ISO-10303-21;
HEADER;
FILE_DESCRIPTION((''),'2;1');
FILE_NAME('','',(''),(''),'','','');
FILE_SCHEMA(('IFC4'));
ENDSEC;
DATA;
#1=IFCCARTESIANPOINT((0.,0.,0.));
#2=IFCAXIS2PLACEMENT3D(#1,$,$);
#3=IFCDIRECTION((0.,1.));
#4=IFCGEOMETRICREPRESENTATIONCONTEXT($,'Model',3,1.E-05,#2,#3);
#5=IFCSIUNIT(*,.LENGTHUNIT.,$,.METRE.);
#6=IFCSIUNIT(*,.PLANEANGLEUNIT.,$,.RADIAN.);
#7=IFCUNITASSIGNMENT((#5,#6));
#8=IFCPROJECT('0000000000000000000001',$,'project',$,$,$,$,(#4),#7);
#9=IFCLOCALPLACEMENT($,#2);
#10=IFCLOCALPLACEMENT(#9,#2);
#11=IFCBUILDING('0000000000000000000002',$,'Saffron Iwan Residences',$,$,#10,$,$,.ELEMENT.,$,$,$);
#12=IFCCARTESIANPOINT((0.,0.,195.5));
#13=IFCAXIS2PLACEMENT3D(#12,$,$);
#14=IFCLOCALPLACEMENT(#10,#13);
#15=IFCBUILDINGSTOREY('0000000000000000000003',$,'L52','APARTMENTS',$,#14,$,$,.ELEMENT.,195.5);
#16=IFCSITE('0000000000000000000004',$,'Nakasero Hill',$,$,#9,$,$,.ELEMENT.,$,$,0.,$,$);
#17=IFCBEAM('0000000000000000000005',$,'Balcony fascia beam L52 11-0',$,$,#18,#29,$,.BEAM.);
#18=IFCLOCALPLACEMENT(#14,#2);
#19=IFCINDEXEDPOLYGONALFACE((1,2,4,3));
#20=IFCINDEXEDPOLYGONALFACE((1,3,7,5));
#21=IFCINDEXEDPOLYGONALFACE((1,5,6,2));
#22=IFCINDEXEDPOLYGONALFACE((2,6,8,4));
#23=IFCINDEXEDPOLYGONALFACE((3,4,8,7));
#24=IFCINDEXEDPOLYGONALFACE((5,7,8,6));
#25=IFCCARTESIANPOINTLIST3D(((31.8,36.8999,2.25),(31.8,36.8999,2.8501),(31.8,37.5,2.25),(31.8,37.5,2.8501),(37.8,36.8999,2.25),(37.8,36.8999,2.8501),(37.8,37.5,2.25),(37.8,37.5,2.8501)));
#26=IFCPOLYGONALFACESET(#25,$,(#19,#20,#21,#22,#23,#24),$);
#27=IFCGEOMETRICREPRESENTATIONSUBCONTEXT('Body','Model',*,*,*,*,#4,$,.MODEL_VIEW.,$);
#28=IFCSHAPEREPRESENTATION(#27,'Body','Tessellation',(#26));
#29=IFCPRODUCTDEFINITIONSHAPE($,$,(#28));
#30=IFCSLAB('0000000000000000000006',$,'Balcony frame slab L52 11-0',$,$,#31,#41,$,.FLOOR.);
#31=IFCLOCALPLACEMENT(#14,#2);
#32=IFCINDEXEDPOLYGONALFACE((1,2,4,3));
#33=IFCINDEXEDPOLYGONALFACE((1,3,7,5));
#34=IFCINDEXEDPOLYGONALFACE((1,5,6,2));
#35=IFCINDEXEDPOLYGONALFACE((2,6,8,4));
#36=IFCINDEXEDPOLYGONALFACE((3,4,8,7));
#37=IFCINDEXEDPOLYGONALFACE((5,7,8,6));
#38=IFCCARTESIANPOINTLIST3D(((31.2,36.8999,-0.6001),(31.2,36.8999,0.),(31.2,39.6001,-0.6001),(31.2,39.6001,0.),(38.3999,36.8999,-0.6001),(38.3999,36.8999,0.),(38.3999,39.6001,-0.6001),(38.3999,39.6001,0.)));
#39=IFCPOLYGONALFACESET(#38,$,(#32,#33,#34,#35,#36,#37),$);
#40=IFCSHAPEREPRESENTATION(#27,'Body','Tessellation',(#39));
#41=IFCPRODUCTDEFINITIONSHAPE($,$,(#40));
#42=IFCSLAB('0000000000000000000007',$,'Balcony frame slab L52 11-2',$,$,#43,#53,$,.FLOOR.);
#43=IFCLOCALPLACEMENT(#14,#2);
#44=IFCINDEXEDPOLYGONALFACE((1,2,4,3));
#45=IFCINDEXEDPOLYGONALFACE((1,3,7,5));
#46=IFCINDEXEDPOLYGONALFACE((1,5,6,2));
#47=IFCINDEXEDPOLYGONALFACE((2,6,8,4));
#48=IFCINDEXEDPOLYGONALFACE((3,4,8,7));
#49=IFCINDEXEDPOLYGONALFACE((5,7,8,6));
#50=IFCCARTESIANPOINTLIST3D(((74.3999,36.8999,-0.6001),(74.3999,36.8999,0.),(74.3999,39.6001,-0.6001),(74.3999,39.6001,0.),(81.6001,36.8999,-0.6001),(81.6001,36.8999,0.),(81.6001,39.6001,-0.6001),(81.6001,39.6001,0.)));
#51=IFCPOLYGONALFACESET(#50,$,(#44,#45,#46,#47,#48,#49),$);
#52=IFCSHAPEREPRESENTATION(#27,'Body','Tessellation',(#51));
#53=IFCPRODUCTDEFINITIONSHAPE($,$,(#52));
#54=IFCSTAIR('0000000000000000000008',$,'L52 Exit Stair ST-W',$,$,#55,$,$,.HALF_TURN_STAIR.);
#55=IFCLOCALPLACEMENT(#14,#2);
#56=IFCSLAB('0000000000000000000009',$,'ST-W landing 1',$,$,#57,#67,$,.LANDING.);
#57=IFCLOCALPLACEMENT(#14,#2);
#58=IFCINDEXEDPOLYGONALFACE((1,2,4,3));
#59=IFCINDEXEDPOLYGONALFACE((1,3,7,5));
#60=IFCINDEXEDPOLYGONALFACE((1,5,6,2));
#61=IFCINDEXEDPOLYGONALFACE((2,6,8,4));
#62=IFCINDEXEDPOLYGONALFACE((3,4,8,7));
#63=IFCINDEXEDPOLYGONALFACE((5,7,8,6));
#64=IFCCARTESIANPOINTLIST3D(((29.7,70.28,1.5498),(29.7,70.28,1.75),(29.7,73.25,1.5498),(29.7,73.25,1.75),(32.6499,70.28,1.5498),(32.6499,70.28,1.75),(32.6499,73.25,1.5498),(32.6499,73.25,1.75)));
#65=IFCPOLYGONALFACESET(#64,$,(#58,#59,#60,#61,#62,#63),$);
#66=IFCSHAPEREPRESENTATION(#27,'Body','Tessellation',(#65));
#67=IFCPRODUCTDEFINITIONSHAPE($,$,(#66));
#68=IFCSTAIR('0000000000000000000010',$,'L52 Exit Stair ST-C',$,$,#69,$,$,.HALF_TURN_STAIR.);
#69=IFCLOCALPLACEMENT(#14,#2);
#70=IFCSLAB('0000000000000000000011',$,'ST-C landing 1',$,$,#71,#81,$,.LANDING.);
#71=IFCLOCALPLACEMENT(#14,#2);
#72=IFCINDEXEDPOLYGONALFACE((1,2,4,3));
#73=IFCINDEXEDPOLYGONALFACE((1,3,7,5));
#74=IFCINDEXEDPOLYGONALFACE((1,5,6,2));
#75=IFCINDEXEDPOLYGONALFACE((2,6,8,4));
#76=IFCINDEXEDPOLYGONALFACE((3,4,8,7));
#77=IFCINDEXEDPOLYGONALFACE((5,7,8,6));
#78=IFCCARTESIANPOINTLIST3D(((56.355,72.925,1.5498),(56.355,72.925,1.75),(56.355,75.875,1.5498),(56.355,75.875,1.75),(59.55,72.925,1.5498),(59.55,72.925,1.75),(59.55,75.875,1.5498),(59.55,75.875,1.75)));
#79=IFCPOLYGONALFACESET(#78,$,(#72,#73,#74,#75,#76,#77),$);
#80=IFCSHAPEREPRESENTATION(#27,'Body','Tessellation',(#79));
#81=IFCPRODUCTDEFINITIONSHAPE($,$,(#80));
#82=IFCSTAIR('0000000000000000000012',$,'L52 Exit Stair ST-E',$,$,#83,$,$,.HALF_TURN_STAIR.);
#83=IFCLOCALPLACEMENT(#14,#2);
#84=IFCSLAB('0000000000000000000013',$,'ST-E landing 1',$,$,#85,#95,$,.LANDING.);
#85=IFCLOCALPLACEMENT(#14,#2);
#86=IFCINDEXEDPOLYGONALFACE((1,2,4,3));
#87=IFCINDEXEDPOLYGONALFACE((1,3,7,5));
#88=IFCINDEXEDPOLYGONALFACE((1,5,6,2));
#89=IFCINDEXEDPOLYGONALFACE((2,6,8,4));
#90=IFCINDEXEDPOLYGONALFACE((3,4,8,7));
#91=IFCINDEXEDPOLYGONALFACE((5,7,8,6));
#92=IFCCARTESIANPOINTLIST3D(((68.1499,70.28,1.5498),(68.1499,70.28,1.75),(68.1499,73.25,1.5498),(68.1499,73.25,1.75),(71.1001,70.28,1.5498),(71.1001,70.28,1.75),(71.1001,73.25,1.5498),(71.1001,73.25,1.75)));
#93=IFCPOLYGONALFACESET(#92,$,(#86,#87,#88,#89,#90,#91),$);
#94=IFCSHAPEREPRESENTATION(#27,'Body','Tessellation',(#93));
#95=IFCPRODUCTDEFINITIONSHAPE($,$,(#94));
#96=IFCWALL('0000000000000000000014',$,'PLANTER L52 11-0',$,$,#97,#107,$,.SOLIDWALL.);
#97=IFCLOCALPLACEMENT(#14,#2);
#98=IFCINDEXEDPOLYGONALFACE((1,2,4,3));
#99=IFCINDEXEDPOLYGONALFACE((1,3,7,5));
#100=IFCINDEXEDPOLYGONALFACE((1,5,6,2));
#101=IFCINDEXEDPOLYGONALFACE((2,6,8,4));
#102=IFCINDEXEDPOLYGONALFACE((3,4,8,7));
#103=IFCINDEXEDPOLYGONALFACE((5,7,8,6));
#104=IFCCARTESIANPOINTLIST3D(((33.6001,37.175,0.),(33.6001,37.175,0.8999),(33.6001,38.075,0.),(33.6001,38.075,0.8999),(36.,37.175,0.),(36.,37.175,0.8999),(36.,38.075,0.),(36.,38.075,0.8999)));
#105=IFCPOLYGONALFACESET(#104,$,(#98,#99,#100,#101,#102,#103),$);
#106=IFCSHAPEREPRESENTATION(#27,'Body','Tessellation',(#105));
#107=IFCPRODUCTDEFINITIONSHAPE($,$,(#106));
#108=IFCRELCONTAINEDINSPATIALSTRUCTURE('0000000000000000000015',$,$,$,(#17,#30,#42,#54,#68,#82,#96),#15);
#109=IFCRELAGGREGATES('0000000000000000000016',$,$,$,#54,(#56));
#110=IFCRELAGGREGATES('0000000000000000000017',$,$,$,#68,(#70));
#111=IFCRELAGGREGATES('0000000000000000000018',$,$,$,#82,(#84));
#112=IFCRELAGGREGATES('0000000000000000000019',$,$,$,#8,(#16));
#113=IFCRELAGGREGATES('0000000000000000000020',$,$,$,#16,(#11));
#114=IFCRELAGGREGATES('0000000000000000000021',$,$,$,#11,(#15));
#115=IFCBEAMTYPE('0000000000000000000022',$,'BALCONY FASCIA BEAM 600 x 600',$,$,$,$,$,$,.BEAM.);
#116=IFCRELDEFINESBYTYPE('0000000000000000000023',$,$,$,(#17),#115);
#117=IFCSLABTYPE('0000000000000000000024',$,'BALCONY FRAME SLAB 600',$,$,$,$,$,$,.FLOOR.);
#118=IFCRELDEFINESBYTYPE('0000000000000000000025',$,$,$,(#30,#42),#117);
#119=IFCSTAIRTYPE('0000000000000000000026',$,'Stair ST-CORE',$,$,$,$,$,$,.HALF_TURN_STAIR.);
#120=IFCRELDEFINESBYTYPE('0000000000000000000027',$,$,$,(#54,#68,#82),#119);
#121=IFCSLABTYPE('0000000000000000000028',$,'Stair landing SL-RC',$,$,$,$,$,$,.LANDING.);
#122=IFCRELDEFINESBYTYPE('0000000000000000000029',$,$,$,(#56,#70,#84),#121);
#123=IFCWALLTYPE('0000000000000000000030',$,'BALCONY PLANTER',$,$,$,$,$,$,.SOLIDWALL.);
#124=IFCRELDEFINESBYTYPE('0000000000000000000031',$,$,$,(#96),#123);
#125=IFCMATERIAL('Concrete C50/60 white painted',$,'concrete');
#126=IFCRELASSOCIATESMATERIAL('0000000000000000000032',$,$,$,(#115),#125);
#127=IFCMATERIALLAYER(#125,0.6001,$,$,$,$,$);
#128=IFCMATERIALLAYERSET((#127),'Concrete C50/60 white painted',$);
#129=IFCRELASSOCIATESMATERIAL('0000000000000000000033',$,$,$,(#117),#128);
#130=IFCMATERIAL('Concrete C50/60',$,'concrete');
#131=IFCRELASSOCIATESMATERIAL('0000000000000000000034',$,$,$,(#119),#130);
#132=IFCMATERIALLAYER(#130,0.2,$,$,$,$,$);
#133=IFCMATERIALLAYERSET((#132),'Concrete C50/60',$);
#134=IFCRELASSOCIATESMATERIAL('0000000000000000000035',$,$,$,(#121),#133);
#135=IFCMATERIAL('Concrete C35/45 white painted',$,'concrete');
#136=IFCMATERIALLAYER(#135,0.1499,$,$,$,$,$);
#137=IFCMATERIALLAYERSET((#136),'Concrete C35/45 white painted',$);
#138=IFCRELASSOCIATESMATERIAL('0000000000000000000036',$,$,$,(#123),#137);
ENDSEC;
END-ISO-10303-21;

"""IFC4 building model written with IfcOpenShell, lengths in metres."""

from ifc_helpers import new_model, si_unit, direction, frame, frame_2d, origin, origin_2d, place, context, subcontext, project, spatial, polyline, rectangle, outline, extrude, source, transform, mapped, material, layer, layer_set, material_profile, profile_set, type_object, element, aggregate, save


model = new_model("IFC4")

# Units and contexts
model_context = context("Model", 3, precision=1e-05, world=origin(), true_north=direction((0.0, 1.0)))
body_context = subcontext(model_context, "Body", "Model", "MODEL_VIEW")
ifc_project = project(units=[si_unit("LENGTHUNIT", "METRE"), si_unit("PLANEANGLEUNIT", "RADIAN")], contexts=[model_context])

# Site, building, storey
site_placement = place(None, origin())
site = spatial("IfcSite", under=ifc_project, at=site_placement, Name="Nakasero Hill", CompositionType="ELEMENT", RefElevation=0.0)
building_placement = place(site_placement, origin())
building = spatial("IfcBuilding", under=site, at=building_placement, Name="Saffron Iwan Residences", CompositionType="ELEMENT")
storey_placement = place(building_placement, frame((0.0, 0.0, 195.5)))
storey = spatial("IfcBuildingStorey", under=building, at=storey_placement, Name="L52", Description="APARTMENTS", CompositionType="ELEMENT", Elevation=195.5)

# Beam
ifc_material_1 = material(Name="Concrete C50/60 white painted", Category="concrete")
ifc_material_profile = material_profile(ifc_material_1, rectangle(XDim=0.6001, YDim=0.6001, at=origin_2d()), Name="BALCONY FASCIA BEAM 600 x 600")
ifc_profile_set = profile_set([ifc_material_profile], Name="Concrete C50/60 white painted")
beam_type = type_object("IfcBeamType", Name="BALCONY FASCIA BEAM 600 x 600", PredefinedType="BEAM", material=ifc_profile_set)
shared_shape = source(origin(), body_context, "Body", "SweptSolid", [
    extrude(rectangle(XDim=0.6001, YDim=0.6001, at=origin_2d()), origin(), (0.0, 0.0, 1.0), 6.0),
])
beam_placement = place(storey_placement, frame((31.8, 37.2, 2.55), z_axis=(1.0, 0.0, 0.0), x_axis=(0.0, 1.0, 0.0)))
element("IfcBeam", 1, at=beam_placement, inside=storey, type_object=beam_type, Name="Balcony fascia beam L52 11-0", PredefinedType="BEAM", context=body_context, shape_type="MappedRepresentation", body=[
    mapped(shared_shape, transform((0.0, 0.0, 0.0))),
])

# Slabs
ifc_layer_1 = layer(ifc_material_1, 0.6001)
ifc_layer_set_1 = layer_set([ifc_layer_1], Name="Concrete C50/60 white painted")
slab_type_1 = type_object("IfcSlabType", Name="BALCONY FRAME SLAB 600", PredefinedType="FLOOR", material=ifc_layer_set_1)
slab_1_placement = place(storey_placement, frame((0.0, 0.0, -0.6001)))
element("IfcSlab", 2, at=slab_1_placement, inside=storey, type_object=slab_type_1, Name="Balcony frame slab L52 11-0", PredefinedType="FLOOR", context=body_context, shape_type="SweptSolid", body=[
    extrude(outline(polyline([(31.2, 36.8999), (38.3999, 36.8999), (38.3999, 39.6001), (31.2, 39.6001), (31.2, 36.8999)])), origin(), (0.0, 0.0, 1.0), 0.6001),
])
slab_2_placement = place(storey_placement, frame((0.0, 0.0, -0.6001)))
element("IfcSlab", 3, at=slab_2_placement, inside=storey, type_object=slab_type_1, Name="Balcony frame slab L52 11-2", PredefinedType="FLOOR", context=body_context, shape_type="SweptSolid", body=[
    extrude(outline(polyline([(74.3999, 36.8999), (81.6001, 36.8999), (81.6001, 39.6001), (74.3999, 39.6001), (74.3999, 36.8999)])), origin(), (0.0, 0.0, 1.0), 0.6001),
])

# Stairs, slabs
ifc_material_2 = material(Name="Concrete C50/60", Category="concrete")
stair_type = type_object("IfcStairType", Name="Stair ST-CORE", PredefinedType="HALF_TURN_STAIR", material=ifc_material_2)
stair_1_placement = place(storey_placement, origin())
stair_1 = element("IfcStair", 4, at=stair_1_placement, inside=storey, type_object=stair_type, Name="L52 Exit Stair ST-W", PredefinedType="HALF_TURN_STAIR")
ifc_layer_2 = layer(ifc_material_2, 0.2)
ifc_layer_set_2 = layer_set([ifc_layer_2], Name="Concrete C50/60")
slab_type_2 = type_object("IfcSlabType", Name="Stair landing SL-RC", PredefinedType="LANDING", material=ifc_layer_set_2)
slab_3_placement = place(storey_placement, frame((0.0, 0.0, 1.5498)))
slab_3 = element("IfcSlab", 5, at=slab_3_placement, type_object=slab_type_2, Name="ST-W landing 1", PredefinedType="LANDING", context=body_context, shape_type="SweptSolid", body=[
    extrude(outline(polyline([(32.6499, 70.28), (32.6499, 73.25), (29.7, 73.25), (29.7, 70.28), (32.6499, 70.28)])), origin(), (0.0, 0.0, 1.0), 0.2002),
])
aggregate(stair_1, [slab_3])
stair_2_placement = place(storey_placement, origin())
stair_2 = element("IfcStair", 6, at=stair_2_placement, inside=storey, type_object=stair_type, Name="L52 Exit Stair ST-C", PredefinedType="HALF_TURN_STAIR")
slab_4_placement = place(storey_placement, frame((0.0, 0.0, 1.5498)))
slab_4 = element("IfcSlab", 7, at=slab_4_placement, type_object=slab_type_2, Name="ST-C landing 1", PredefinedType="LANDING", context=body_context, shape_type="SweptSolid", body=[
    extrude(outline(polyline([(56.355, 72.925), (59.55, 72.925), (59.55, 75.875), (56.355, 75.875), (56.355, 72.925)])), origin(), (0.0, 0.0, 1.0), 0.2002),
])
aggregate(stair_2, [slab_4])
stair_3_placement = place(storey_placement, origin())
stair_3 = element("IfcStair", 8, at=stair_3_placement, inside=storey, type_object=stair_type, Name="L52 Exit Stair ST-E", PredefinedType="HALF_TURN_STAIR")
slab_5_placement = place(storey_placement, frame((0.0, 0.0, 1.5498)))
slab_5 = element("IfcSlab", 9, at=slab_5_placement, type_object=slab_type_2, Name="ST-E landing 1", PredefinedType="LANDING", context=body_context, shape_type="SweptSolid", body=[
    extrude(outline(polyline([(71.1001, 70.28), (71.1001, 73.25), (68.1499, 73.25), (68.1499, 70.28), (71.1001, 70.28)])), origin(), (0.0, 0.0, 1.0), 0.2002),
])
aggregate(stair_3, [slab_5])

# Wall
ifc_material_3 = material(Name="Concrete C35/45 white painted", Category="concrete")
ifc_layer_3 = layer(ifc_material_3, 0.1499)
ifc_layer_set_3 = layer_set([ifc_layer_3], Name="Concrete C35/45 white painted")
wall_type = type_object("IfcWallType", Name="BALCONY PLANTER", PredefinedType="SOLIDWALL", material=ifc_layer_set_3)
wall_placement = place(storey_placement, frame((33.6001, 37.625, 0.0), z_axis=(0.0, 0.0, 1.0), x_axis=(1.0, 0.0, 0.0)))
element("IfcWall", 10, at=wall_placement, inside=storey, type_object=wall_type, Name="PLANTER L52 11-0", PredefinedType="SOLIDWALL", context=body_context, shape_type="SweptSolid", body=[
    extrude(rectangle(XDim=2.3999, YDim=0.8999, at=frame_2d((1.2, 0.0))), origin(), (0.0, 0.0, 1.0), 0.8999),
])

save(model, "model.ifc")
